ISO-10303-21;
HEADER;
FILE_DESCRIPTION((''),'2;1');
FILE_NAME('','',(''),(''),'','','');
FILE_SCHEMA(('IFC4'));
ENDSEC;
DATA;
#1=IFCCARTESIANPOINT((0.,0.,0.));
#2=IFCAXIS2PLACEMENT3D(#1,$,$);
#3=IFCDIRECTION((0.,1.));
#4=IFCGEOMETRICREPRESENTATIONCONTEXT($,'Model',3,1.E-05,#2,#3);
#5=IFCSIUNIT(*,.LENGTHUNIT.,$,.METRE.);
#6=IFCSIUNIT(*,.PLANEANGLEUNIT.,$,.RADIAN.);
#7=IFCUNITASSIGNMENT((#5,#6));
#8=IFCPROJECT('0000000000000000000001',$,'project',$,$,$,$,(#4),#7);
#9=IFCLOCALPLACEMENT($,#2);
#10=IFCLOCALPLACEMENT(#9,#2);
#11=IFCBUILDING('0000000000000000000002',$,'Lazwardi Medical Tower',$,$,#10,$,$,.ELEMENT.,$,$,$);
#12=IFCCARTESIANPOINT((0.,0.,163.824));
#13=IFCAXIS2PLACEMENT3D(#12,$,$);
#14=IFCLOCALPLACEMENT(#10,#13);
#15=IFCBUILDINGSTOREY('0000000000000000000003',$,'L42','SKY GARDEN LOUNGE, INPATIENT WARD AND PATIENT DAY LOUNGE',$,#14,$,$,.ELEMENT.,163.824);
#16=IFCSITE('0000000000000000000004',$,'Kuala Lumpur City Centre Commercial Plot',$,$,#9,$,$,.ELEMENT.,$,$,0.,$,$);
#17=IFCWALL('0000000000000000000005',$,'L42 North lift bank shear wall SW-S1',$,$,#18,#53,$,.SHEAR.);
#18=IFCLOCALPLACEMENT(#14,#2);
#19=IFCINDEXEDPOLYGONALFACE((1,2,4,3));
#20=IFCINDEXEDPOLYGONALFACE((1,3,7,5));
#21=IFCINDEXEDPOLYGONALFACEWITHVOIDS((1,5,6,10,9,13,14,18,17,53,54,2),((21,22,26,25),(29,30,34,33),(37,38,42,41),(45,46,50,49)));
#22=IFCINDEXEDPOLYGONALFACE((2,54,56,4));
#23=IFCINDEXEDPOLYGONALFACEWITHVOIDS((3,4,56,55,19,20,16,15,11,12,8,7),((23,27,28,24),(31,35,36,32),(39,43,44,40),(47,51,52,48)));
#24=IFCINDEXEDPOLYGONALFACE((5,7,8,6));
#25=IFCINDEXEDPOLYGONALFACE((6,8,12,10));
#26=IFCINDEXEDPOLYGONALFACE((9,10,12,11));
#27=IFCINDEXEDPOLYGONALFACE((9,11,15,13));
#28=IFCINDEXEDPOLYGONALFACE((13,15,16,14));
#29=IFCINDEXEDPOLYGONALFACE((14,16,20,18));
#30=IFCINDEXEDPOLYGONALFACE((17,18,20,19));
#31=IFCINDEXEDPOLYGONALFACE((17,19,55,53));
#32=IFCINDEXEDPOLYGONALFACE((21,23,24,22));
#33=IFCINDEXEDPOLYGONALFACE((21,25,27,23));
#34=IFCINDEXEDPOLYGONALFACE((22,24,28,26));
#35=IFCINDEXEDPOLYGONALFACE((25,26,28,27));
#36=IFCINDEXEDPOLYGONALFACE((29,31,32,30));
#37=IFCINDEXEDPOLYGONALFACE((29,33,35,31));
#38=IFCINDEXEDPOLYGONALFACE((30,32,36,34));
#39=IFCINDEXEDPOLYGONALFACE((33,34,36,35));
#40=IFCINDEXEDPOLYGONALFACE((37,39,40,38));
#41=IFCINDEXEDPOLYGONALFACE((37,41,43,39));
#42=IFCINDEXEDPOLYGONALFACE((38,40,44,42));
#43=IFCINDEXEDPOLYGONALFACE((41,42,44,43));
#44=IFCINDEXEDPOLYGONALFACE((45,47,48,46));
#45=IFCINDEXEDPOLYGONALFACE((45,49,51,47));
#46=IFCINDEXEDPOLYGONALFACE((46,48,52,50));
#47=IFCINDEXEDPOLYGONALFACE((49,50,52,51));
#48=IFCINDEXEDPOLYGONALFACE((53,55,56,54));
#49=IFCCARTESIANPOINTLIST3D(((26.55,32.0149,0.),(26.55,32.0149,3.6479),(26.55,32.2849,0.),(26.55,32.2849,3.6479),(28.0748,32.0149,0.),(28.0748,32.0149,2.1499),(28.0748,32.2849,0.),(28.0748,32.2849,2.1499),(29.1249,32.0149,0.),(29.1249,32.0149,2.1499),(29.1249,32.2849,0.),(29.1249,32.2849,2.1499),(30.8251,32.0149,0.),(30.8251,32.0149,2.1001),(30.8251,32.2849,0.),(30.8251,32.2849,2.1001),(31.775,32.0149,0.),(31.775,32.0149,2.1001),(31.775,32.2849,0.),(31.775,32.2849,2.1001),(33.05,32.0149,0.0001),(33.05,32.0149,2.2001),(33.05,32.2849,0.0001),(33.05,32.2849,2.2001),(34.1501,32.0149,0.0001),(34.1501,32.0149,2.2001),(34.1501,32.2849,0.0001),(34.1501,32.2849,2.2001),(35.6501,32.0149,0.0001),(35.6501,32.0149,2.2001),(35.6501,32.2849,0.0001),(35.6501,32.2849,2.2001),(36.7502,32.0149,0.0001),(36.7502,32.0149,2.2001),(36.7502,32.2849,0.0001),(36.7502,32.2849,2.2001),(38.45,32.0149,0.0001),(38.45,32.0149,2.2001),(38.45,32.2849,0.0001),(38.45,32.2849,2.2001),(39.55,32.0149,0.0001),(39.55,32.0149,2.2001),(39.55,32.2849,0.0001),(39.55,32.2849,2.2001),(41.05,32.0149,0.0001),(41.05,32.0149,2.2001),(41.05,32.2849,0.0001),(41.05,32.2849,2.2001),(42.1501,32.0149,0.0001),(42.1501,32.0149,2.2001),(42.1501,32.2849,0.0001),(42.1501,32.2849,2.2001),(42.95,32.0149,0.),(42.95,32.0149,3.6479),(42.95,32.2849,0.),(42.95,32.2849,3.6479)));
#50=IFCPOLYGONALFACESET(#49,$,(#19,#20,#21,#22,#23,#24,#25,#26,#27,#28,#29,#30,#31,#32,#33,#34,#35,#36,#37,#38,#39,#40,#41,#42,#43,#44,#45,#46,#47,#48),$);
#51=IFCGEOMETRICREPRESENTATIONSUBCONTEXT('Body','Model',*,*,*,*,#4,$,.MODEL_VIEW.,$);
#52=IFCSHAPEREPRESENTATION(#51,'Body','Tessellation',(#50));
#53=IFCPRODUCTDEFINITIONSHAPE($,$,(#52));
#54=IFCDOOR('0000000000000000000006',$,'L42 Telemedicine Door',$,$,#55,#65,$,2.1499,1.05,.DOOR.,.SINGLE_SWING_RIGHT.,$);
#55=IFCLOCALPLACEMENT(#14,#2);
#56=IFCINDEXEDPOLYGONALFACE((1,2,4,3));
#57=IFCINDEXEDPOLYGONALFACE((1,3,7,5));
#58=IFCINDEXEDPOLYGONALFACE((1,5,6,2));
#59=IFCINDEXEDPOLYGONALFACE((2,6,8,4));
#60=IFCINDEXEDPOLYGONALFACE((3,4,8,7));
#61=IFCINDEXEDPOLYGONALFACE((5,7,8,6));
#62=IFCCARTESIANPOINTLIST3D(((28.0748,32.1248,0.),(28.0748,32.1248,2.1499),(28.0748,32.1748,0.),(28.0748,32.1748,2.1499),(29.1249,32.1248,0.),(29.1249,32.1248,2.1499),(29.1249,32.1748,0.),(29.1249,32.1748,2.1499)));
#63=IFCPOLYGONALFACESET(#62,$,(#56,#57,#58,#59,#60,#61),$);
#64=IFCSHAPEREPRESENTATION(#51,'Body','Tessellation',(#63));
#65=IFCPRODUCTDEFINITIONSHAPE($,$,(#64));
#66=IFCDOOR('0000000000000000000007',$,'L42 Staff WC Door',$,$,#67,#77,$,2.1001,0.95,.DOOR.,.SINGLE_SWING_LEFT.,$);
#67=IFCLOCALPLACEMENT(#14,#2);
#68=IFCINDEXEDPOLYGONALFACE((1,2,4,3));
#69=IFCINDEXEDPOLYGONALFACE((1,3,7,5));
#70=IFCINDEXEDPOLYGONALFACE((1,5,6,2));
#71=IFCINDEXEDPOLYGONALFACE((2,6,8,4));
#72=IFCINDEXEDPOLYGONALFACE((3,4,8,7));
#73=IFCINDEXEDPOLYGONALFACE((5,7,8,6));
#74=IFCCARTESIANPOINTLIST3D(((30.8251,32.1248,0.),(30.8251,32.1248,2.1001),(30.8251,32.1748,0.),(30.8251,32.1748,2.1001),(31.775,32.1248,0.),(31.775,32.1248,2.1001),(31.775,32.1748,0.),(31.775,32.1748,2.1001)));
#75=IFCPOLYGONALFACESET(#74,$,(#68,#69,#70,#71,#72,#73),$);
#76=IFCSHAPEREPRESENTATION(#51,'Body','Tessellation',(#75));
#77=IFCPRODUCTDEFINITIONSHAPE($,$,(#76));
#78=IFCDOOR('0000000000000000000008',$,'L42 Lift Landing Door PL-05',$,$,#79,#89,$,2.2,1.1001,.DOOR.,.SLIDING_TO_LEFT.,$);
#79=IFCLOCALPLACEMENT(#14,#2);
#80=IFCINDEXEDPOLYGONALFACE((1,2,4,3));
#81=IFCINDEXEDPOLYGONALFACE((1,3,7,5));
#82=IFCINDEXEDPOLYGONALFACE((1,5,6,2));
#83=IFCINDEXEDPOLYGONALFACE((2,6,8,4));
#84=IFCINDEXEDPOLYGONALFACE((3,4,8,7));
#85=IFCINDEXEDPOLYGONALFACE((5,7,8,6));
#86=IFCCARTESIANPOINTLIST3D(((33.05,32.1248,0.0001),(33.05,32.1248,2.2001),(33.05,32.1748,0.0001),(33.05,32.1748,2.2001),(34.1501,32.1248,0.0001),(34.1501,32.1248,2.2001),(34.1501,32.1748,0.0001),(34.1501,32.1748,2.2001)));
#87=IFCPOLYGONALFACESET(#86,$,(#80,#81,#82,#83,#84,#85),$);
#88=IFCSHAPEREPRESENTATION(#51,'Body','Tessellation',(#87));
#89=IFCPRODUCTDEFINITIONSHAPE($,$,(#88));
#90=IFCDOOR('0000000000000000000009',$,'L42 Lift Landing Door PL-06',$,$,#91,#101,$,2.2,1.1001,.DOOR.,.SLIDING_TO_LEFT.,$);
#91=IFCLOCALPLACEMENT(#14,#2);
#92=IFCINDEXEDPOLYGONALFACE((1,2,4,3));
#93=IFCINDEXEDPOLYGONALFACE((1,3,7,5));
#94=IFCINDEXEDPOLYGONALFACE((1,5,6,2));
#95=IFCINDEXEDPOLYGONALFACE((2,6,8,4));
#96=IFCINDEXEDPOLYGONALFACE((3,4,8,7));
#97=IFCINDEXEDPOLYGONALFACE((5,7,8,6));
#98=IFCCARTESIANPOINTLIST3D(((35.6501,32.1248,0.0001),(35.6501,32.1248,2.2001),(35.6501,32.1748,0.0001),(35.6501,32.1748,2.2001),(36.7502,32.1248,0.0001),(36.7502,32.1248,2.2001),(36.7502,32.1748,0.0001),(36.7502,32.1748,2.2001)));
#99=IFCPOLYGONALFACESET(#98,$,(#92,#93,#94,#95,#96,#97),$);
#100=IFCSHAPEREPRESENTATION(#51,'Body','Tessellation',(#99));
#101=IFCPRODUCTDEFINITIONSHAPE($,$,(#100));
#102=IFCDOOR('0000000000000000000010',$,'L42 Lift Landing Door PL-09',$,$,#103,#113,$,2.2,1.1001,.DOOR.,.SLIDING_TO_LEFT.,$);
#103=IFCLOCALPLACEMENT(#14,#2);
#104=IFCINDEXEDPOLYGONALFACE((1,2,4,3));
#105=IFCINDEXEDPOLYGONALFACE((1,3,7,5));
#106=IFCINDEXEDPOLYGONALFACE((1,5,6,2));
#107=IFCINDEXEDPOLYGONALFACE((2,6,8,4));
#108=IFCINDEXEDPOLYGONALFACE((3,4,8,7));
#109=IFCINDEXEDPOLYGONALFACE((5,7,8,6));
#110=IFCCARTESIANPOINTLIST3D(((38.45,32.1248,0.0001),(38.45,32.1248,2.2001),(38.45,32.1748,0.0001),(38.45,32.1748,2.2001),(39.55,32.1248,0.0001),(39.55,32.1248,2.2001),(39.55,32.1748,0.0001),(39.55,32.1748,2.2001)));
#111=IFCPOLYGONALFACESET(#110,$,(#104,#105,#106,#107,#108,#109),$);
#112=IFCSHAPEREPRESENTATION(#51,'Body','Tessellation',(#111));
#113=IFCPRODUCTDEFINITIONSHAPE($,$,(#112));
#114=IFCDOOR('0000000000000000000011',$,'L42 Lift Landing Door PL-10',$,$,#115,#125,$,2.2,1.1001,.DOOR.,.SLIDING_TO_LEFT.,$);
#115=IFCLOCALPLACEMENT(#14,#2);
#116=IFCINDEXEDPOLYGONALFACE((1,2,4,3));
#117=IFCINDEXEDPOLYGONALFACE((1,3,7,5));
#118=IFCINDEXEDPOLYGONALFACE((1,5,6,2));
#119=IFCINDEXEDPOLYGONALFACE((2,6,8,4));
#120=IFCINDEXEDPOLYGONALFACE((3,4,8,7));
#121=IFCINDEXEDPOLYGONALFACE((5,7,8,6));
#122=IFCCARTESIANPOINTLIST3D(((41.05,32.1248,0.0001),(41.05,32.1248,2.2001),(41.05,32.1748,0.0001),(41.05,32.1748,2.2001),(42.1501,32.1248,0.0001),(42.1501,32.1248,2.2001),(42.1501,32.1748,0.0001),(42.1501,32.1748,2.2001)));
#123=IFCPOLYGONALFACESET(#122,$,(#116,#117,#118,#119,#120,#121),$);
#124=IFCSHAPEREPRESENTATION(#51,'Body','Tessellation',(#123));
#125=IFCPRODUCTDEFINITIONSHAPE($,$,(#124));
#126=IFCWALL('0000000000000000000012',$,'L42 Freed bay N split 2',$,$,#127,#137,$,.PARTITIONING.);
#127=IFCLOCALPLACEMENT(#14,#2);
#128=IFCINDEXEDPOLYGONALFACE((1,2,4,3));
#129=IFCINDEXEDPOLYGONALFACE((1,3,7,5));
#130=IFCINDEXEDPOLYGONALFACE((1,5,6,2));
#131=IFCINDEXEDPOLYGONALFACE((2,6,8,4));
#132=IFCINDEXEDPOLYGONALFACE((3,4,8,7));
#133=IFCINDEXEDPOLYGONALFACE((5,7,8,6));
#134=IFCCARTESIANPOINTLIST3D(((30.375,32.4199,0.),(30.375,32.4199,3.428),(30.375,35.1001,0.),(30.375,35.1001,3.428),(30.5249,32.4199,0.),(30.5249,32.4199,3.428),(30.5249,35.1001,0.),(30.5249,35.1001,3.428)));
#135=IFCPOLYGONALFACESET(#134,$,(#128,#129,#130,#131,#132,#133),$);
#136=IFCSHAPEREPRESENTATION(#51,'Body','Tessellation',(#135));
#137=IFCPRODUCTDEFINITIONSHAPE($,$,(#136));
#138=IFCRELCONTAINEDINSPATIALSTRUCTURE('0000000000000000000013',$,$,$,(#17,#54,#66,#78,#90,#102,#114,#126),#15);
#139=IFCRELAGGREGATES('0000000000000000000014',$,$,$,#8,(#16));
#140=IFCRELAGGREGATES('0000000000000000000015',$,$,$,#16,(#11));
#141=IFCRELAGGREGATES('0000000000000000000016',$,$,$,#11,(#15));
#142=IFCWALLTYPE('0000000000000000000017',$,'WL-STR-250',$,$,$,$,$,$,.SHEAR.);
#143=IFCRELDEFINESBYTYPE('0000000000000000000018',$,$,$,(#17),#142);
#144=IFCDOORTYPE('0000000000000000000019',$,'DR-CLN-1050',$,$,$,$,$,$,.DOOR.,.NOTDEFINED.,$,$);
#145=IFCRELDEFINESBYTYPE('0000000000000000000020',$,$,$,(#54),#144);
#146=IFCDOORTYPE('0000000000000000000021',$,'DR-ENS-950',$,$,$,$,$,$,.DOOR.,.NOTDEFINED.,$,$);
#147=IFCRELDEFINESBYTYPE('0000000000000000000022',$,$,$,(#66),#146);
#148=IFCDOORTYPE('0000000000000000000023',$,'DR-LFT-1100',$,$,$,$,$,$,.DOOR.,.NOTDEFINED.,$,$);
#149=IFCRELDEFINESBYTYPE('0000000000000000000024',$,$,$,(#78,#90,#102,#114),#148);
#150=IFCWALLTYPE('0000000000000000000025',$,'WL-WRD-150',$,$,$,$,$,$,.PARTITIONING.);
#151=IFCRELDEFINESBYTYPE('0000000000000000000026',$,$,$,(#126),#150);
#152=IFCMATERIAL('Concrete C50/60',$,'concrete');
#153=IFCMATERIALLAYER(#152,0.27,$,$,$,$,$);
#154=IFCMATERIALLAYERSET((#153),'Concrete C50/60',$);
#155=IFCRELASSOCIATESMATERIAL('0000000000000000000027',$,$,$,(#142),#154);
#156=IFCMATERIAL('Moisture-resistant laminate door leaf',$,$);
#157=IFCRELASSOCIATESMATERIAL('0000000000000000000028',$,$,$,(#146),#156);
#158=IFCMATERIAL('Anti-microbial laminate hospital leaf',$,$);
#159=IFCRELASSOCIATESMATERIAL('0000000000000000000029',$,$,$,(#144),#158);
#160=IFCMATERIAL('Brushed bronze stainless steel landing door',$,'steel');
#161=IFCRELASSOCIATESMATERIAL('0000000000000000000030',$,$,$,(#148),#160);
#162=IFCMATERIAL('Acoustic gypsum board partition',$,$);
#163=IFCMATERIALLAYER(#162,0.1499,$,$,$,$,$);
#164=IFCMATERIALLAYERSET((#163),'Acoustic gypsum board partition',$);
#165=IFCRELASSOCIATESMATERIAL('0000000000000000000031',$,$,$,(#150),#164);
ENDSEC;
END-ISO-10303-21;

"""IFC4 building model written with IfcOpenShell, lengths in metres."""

from ifc_helpers import new_model, si_unit, direction, frame, frame_2d, origin, place, context, subcontext, project, spatial, rectangle, extrude, material, layer, layer_set, type_object, element, fill, save


model = new_model("IFC4")

# Units and contexts
model_context = context("Model", 3, precision=1e-05, world=origin(), true_north=direction((0.0, 1.0)))
body_context = subcontext(model_context, "Body", "Model", "MODEL_VIEW")
ifc_project = project(units=[si_unit("LENGTHUNIT", "METRE"), si_unit("PLANEANGLEUNIT", "RADIAN")], contexts=[model_context])

# Site, building, storey
site_placement = place(None, origin())
site = spatial("IfcSite", under=ifc_project, at=site_placement, Name="Kuala Lumpur City Centre Commercial Plot", CompositionType="ELEMENT", RefElevation=0.0)
building_placement = place(site_placement, origin())
building = spatial("IfcBuilding", under=site, at=building_placement, Name="Lazwardi Medical Tower", CompositionType="ELEMENT")
storey_placement = place(building_placement, frame((0.0, 0.0, 163.824)))
storey = spatial("IfcBuildingStorey", under=building, at=storey_placement, Name="L42", Description="SKY GARDEN LOUNGE, INPATIENT WARD AND PATIENT DAY LOUNGE", CompositionType="ELEMENT", Elevation=163.824)

# Shared definitions
ifc_material_1 = material(Name="Concrete C50/60", Category="concrete")
ifc_layer_1 = layer(ifc_material_1, 0.27)
ifc_layer_set_1 = layer_set([ifc_layer_1], Name="Concrete C50/60")
wall_type_1 = type_object("IfcWallType", Name="WL-STR-250", PredefinedType="SHEAR", material=ifc_layer_set_1)

# Wall, openings, doors
ifc_material_2 = material(Name="Moisture-resistant laminate door leaf")
door_type_1 = type_object("IfcDoorType", Name="DR-ENS-950", OperationType="NOTDEFINED", PredefinedType="DOOR", material=ifc_material_2)
wall_1_placement = place(storey_placement, frame((26.55, 32.1499, 0.0), z_axis=(0.0, 0.0, 1.0), x_axis=(1.0, 0.0, 0.0)))
wall_1 = element("IfcWall", 1, at=wall_1_placement, inside=storey, type_object=wall_type_1, Name="L42 North lift bank shear wall SW-S1", PredefinedType="SHEAR", context=body_context, shape_type="SweptSolid", body=[
    extrude(rectangle(XDim=16.3999, YDim=0.27, at=frame_2d((8.2, 0.0))), origin(), (0.0, 0.0, 1.0), 3.6479),
])
opening_1_placement = place(wall_1_placement, frame((1.5249, 0.0, 0.0)))
opening_1 = element("IfcOpeningElement", 2, at=opening_1_placement, cuts=wall_1, PredefinedType="OPENING", context=body_context, shape_type="SweptSolid", body=[
    extrude(rectangle(XDim=1.05, YDim=2.1499, at=frame_2d((0.5249, 1.075))), frame((0.0, 0.145, 0.0), z_axis=(0.0, -1.0, 0.0), x_axis=(1.0, 0.0, 0.0)), (0.0, 0.0, 1.0), 0.29),
])
opening_2_placement = place(wall_1_placement, frame((4.2749, 0.0, 0.0)))
opening_2 = element("IfcOpeningElement", 3, at=opening_2_placement, cuts=wall_1, PredefinedType="OPENING", context=body_context, shape_type="SweptSolid", body=[
    extrude(rectangle(XDim=0.95, YDim=2.1001, at=frame_2d((0.4751, 1.05))), frame((0.0, 0.145, 0.0), z_axis=(0.0, -1.0, 0.0), x_axis=(1.0, 0.0, 0.0)), (0.0, 0.0, 1.0), 0.29),
])
opening_3_placement = place(wall_1_placement, frame((6.5, 0.0, 0.0)))
opening_3 = element("IfcOpeningElement", 4, at=opening_3_placement, cuts=wall_1, PredefinedType="OPENING", context=body_context, shape_type="SweptSolid", body=[
    extrude(rectangle(XDim=1.1001, YDim=2.2, at=frame_2d((0.55, 1.1001))), frame((0.0, 0.145, 0.0), z_axis=(0.0, -1.0, 0.0), x_axis=(1.0, 0.0, 0.0)), (0.0, 0.0, 1.0), 0.29),
])
opening_4_placement = place(wall_1_placement, frame((9.1001, 0.0, 0.0)))
opening_4 = element("IfcOpeningElement", 5, at=opening_4_placement, cuts=wall_1, PredefinedType="OPENING", context=body_context, shape_type="SweptSolid", body=[
    extrude(rectangle(XDim=1.1001, YDim=2.2, at=frame_2d((0.55, 1.1001))), frame((0.0, 0.145, 0.0), z_axis=(0.0, -1.0, 0.0), x_axis=(1.0, 0.0, 0.0)), (0.0, 0.0, 1.0), 0.29),
])
opening_5_placement = place(wall_1_placement, frame((11.8999, 0.0, 0.0)))
opening_5 = element("IfcOpeningElement", 6, at=opening_5_placement, cuts=wall_1, PredefinedType="OPENING", context=body_context, shape_type="SweptSolid", body=[
    extrude(rectangle(XDim=1.1001, YDim=2.2, at=frame_2d((0.55, 1.1001))), frame((0.0, 0.145, 0.0), z_axis=(0.0, -1.0, 0.0), x_axis=(1.0, 0.0, 0.0)), (0.0, 0.0, 1.0), 0.29),
])
opening_6_placement = place(wall_1_placement, frame((14.5, 0.0, 0.0)))
opening_6 = element("IfcOpeningElement", 7, at=opening_6_placement, cuts=wall_1, PredefinedType="OPENING", context=body_context, shape_type="SweptSolid", body=[
    extrude(rectangle(XDim=1.1001, YDim=2.2, at=frame_2d((0.55, 1.1001))), frame((0.0, 0.145, 0.0), z_axis=(0.0, -1.0, 0.0), x_axis=(1.0, 0.0, 0.0)), (0.0, 0.0, 1.0), 0.29),
])
ifc_material_3 = material(Name="Anti-microbial laminate hospital leaf")
door_type_2 = type_object("IfcDoorType", Name="DR-CLN-1050", OperationType="NOTDEFINED", PredefinedType="DOOR", material=ifc_material_3)
door_1_placement = place(opening_1_placement, origin())
door_1 = element("IfcDoor", 8, at=door_1_placement, inside=storey, type_object=door_type_2, Name="L42 Telemedicine Door", OperationType="SINGLE_SWING_RIGHT", OverallHeight=2.1499, OverallWidth=1.05, PredefinedType="DOOR", context=body_context, shape_type="SweptSolid", body=[
    extrude(rectangle(XDim=1.05, YDim=2.1499, at=frame_2d((0.5249, 1.075))), frame((0.0, 0.0249, 0.0), z_axis=(0.0, -1.0, 0.0), x_axis=(1.0, 0.0, 0.0)), (0.0, 0.0, 1.0), 0.05),
])
fill(opening_1, door_1)
door_2_placement = place(opening_2_placement, origin())
door_2 = element("IfcDoor", 9, at=door_2_placement, inside=storey, type_object=door_type_1, Name="L42 Staff WC Door", OperationType="SINGLE_SWING_LEFT", OverallHeight=2.1001, OverallWidth=0.95, PredefinedType="DOOR", context=body_context, shape_type="SweptSolid", body=[
    extrude(rectangle(XDim=0.95, YDim=2.1001, at=frame_2d((0.4751, 1.05))), frame((0.0, 0.0249, 0.0), z_axis=(0.0, -1.0, 0.0), x_axis=(1.0, 0.0, 0.0)), (0.0, 0.0, 1.0), 0.05),
])
fill(opening_2, door_2)
ifc_material_4 = material(Name="Brushed bronze stainless steel landing door", Category="steel")
door_type_3 = type_object("IfcDoorType", Name="DR-LFT-1100", OperationType="NOTDEFINED", PredefinedType="DOOR", material=ifc_material_4)
door_3_placement = place(opening_3_placement, origin())
door_3 = element("IfcDoor", 10, at=door_3_placement, inside=storey, type_object=door_type_3, Name="L42 Lift Landing Door PL-05", OperationType="SLIDING_TO_LEFT", OverallHeight=2.2, OverallWidth=1.1001, PredefinedType="DOOR", context=body_context, shape_type="SweptSolid", body=[
    extrude(rectangle(XDim=1.1001, YDim=2.2, at=frame_2d((0.55, 1.1001))), frame((0.0, 0.0249, 0.0), z_axis=(0.0, -1.0, 0.0), x_axis=(1.0, 0.0, 0.0)), (0.0, 0.0, 1.0), 0.05),
])
fill(opening_3, door_3)
door_4_placement = place(opening_4_placement, origin())
door_4 = element("IfcDoor", 11, at=door_4_placement, inside=storey, type_object=door_type_3, Name="L42 Lift Landing Door PL-06", OperationType="SLIDING_TO_LEFT", OverallHeight=2.2, OverallWidth=1.1001, PredefinedType="DOOR", context=body_context, shape_type="SweptSolid", body=[
    extrude(rectangle(XDim=1.1001, YDim=2.2, at=frame_2d((0.55, 1.1001))), frame((0.0, 0.0249, 0.0), z_axis=(0.0, -1.0, 0.0), x_axis=(1.0, 0.0, 0.0)), (0.0, 0.0, 1.0), 0.05),
])
fill(opening_4, door_4)
door_5_placement = place(opening_5_placement, origin())
door_5 = element("IfcDoor", 12, at=door_5_placement, inside=storey, type_object=door_type_3, Name="L42 Lift Landing Door PL-09", OperationType="SLIDING_TO_LEFT", OverallHeight=2.2, OverallWidth=1.1001, PredefinedType="DOOR", context=body_context, shape_type="SweptSolid", body=[
    extrude(rectangle(XDim=1.1001, YDim=2.2, at=frame_2d((0.55, 1.1001))), frame((0.0, 0.0249, 0.0), z_axis=(0.0, -1.0, 0.0), x_axis=(1.0, 0.0, 0.0)), (0.0, 0.0, 1.0), 0.05),
])
fill(opening_5, door_5)
door_6_placement = place(opening_6_placement, origin())
door_6 = element("IfcDoor", 13, at=door_6_placement, inside=storey, type_object=door_type_3, Name="L42 Lift Landing Door PL-10", OperationType="SLIDING_TO_LEFT", OverallHeight=2.2, OverallWidth=1.1001, PredefinedType="DOOR", context=body_context, shape_type="SweptSolid", body=[
    extrude(rectangle(XDim=1.1001, YDim=2.2, at=frame_2d((0.55, 1.1001))), frame((0.0, 0.0249, 0.0), z_axis=(0.0, -1.0, 0.0), x_axis=(1.0, 0.0, 0.0)), (0.0, 0.0, 1.0), 0.05),
])
fill(opening_6, door_6)

# Wall
ifc_material_5 = material(Name="Acoustic gypsum board partition")
ifc_layer_2 = layer(ifc_material_5, 0.1499)
ifc_layer_set_2 = layer_set([ifc_layer_2], Name="Acoustic gypsum board partition")
wall_type_2 = type_object("IfcWallType", Name="WL-WRD-150", PredefinedType="PARTITIONING", material=ifc_layer_set_2)
wall_2_placement = place(storey_placement, frame((30.45, 32.4199, 0.0), z_axis=(0.0, 0.0, 1.0), x_axis=(0.0, 1.0, 0.0)))
element("IfcWall", 14, at=wall_2_placement, inside=storey, type_object=wall_type_2, Name="L42 Freed bay N split 2", PredefinedType="PARTITIONING", context=body_context, shape_type="SweptSolid", body=[
    extrude(rectangle(XDim=2.6802, YDim=0.1499, at=frame_2d((1.3401, 0.0))), origin(), (0.0, 0.0, 1.0), 3.428),
])

save(model, "model.ifc")
